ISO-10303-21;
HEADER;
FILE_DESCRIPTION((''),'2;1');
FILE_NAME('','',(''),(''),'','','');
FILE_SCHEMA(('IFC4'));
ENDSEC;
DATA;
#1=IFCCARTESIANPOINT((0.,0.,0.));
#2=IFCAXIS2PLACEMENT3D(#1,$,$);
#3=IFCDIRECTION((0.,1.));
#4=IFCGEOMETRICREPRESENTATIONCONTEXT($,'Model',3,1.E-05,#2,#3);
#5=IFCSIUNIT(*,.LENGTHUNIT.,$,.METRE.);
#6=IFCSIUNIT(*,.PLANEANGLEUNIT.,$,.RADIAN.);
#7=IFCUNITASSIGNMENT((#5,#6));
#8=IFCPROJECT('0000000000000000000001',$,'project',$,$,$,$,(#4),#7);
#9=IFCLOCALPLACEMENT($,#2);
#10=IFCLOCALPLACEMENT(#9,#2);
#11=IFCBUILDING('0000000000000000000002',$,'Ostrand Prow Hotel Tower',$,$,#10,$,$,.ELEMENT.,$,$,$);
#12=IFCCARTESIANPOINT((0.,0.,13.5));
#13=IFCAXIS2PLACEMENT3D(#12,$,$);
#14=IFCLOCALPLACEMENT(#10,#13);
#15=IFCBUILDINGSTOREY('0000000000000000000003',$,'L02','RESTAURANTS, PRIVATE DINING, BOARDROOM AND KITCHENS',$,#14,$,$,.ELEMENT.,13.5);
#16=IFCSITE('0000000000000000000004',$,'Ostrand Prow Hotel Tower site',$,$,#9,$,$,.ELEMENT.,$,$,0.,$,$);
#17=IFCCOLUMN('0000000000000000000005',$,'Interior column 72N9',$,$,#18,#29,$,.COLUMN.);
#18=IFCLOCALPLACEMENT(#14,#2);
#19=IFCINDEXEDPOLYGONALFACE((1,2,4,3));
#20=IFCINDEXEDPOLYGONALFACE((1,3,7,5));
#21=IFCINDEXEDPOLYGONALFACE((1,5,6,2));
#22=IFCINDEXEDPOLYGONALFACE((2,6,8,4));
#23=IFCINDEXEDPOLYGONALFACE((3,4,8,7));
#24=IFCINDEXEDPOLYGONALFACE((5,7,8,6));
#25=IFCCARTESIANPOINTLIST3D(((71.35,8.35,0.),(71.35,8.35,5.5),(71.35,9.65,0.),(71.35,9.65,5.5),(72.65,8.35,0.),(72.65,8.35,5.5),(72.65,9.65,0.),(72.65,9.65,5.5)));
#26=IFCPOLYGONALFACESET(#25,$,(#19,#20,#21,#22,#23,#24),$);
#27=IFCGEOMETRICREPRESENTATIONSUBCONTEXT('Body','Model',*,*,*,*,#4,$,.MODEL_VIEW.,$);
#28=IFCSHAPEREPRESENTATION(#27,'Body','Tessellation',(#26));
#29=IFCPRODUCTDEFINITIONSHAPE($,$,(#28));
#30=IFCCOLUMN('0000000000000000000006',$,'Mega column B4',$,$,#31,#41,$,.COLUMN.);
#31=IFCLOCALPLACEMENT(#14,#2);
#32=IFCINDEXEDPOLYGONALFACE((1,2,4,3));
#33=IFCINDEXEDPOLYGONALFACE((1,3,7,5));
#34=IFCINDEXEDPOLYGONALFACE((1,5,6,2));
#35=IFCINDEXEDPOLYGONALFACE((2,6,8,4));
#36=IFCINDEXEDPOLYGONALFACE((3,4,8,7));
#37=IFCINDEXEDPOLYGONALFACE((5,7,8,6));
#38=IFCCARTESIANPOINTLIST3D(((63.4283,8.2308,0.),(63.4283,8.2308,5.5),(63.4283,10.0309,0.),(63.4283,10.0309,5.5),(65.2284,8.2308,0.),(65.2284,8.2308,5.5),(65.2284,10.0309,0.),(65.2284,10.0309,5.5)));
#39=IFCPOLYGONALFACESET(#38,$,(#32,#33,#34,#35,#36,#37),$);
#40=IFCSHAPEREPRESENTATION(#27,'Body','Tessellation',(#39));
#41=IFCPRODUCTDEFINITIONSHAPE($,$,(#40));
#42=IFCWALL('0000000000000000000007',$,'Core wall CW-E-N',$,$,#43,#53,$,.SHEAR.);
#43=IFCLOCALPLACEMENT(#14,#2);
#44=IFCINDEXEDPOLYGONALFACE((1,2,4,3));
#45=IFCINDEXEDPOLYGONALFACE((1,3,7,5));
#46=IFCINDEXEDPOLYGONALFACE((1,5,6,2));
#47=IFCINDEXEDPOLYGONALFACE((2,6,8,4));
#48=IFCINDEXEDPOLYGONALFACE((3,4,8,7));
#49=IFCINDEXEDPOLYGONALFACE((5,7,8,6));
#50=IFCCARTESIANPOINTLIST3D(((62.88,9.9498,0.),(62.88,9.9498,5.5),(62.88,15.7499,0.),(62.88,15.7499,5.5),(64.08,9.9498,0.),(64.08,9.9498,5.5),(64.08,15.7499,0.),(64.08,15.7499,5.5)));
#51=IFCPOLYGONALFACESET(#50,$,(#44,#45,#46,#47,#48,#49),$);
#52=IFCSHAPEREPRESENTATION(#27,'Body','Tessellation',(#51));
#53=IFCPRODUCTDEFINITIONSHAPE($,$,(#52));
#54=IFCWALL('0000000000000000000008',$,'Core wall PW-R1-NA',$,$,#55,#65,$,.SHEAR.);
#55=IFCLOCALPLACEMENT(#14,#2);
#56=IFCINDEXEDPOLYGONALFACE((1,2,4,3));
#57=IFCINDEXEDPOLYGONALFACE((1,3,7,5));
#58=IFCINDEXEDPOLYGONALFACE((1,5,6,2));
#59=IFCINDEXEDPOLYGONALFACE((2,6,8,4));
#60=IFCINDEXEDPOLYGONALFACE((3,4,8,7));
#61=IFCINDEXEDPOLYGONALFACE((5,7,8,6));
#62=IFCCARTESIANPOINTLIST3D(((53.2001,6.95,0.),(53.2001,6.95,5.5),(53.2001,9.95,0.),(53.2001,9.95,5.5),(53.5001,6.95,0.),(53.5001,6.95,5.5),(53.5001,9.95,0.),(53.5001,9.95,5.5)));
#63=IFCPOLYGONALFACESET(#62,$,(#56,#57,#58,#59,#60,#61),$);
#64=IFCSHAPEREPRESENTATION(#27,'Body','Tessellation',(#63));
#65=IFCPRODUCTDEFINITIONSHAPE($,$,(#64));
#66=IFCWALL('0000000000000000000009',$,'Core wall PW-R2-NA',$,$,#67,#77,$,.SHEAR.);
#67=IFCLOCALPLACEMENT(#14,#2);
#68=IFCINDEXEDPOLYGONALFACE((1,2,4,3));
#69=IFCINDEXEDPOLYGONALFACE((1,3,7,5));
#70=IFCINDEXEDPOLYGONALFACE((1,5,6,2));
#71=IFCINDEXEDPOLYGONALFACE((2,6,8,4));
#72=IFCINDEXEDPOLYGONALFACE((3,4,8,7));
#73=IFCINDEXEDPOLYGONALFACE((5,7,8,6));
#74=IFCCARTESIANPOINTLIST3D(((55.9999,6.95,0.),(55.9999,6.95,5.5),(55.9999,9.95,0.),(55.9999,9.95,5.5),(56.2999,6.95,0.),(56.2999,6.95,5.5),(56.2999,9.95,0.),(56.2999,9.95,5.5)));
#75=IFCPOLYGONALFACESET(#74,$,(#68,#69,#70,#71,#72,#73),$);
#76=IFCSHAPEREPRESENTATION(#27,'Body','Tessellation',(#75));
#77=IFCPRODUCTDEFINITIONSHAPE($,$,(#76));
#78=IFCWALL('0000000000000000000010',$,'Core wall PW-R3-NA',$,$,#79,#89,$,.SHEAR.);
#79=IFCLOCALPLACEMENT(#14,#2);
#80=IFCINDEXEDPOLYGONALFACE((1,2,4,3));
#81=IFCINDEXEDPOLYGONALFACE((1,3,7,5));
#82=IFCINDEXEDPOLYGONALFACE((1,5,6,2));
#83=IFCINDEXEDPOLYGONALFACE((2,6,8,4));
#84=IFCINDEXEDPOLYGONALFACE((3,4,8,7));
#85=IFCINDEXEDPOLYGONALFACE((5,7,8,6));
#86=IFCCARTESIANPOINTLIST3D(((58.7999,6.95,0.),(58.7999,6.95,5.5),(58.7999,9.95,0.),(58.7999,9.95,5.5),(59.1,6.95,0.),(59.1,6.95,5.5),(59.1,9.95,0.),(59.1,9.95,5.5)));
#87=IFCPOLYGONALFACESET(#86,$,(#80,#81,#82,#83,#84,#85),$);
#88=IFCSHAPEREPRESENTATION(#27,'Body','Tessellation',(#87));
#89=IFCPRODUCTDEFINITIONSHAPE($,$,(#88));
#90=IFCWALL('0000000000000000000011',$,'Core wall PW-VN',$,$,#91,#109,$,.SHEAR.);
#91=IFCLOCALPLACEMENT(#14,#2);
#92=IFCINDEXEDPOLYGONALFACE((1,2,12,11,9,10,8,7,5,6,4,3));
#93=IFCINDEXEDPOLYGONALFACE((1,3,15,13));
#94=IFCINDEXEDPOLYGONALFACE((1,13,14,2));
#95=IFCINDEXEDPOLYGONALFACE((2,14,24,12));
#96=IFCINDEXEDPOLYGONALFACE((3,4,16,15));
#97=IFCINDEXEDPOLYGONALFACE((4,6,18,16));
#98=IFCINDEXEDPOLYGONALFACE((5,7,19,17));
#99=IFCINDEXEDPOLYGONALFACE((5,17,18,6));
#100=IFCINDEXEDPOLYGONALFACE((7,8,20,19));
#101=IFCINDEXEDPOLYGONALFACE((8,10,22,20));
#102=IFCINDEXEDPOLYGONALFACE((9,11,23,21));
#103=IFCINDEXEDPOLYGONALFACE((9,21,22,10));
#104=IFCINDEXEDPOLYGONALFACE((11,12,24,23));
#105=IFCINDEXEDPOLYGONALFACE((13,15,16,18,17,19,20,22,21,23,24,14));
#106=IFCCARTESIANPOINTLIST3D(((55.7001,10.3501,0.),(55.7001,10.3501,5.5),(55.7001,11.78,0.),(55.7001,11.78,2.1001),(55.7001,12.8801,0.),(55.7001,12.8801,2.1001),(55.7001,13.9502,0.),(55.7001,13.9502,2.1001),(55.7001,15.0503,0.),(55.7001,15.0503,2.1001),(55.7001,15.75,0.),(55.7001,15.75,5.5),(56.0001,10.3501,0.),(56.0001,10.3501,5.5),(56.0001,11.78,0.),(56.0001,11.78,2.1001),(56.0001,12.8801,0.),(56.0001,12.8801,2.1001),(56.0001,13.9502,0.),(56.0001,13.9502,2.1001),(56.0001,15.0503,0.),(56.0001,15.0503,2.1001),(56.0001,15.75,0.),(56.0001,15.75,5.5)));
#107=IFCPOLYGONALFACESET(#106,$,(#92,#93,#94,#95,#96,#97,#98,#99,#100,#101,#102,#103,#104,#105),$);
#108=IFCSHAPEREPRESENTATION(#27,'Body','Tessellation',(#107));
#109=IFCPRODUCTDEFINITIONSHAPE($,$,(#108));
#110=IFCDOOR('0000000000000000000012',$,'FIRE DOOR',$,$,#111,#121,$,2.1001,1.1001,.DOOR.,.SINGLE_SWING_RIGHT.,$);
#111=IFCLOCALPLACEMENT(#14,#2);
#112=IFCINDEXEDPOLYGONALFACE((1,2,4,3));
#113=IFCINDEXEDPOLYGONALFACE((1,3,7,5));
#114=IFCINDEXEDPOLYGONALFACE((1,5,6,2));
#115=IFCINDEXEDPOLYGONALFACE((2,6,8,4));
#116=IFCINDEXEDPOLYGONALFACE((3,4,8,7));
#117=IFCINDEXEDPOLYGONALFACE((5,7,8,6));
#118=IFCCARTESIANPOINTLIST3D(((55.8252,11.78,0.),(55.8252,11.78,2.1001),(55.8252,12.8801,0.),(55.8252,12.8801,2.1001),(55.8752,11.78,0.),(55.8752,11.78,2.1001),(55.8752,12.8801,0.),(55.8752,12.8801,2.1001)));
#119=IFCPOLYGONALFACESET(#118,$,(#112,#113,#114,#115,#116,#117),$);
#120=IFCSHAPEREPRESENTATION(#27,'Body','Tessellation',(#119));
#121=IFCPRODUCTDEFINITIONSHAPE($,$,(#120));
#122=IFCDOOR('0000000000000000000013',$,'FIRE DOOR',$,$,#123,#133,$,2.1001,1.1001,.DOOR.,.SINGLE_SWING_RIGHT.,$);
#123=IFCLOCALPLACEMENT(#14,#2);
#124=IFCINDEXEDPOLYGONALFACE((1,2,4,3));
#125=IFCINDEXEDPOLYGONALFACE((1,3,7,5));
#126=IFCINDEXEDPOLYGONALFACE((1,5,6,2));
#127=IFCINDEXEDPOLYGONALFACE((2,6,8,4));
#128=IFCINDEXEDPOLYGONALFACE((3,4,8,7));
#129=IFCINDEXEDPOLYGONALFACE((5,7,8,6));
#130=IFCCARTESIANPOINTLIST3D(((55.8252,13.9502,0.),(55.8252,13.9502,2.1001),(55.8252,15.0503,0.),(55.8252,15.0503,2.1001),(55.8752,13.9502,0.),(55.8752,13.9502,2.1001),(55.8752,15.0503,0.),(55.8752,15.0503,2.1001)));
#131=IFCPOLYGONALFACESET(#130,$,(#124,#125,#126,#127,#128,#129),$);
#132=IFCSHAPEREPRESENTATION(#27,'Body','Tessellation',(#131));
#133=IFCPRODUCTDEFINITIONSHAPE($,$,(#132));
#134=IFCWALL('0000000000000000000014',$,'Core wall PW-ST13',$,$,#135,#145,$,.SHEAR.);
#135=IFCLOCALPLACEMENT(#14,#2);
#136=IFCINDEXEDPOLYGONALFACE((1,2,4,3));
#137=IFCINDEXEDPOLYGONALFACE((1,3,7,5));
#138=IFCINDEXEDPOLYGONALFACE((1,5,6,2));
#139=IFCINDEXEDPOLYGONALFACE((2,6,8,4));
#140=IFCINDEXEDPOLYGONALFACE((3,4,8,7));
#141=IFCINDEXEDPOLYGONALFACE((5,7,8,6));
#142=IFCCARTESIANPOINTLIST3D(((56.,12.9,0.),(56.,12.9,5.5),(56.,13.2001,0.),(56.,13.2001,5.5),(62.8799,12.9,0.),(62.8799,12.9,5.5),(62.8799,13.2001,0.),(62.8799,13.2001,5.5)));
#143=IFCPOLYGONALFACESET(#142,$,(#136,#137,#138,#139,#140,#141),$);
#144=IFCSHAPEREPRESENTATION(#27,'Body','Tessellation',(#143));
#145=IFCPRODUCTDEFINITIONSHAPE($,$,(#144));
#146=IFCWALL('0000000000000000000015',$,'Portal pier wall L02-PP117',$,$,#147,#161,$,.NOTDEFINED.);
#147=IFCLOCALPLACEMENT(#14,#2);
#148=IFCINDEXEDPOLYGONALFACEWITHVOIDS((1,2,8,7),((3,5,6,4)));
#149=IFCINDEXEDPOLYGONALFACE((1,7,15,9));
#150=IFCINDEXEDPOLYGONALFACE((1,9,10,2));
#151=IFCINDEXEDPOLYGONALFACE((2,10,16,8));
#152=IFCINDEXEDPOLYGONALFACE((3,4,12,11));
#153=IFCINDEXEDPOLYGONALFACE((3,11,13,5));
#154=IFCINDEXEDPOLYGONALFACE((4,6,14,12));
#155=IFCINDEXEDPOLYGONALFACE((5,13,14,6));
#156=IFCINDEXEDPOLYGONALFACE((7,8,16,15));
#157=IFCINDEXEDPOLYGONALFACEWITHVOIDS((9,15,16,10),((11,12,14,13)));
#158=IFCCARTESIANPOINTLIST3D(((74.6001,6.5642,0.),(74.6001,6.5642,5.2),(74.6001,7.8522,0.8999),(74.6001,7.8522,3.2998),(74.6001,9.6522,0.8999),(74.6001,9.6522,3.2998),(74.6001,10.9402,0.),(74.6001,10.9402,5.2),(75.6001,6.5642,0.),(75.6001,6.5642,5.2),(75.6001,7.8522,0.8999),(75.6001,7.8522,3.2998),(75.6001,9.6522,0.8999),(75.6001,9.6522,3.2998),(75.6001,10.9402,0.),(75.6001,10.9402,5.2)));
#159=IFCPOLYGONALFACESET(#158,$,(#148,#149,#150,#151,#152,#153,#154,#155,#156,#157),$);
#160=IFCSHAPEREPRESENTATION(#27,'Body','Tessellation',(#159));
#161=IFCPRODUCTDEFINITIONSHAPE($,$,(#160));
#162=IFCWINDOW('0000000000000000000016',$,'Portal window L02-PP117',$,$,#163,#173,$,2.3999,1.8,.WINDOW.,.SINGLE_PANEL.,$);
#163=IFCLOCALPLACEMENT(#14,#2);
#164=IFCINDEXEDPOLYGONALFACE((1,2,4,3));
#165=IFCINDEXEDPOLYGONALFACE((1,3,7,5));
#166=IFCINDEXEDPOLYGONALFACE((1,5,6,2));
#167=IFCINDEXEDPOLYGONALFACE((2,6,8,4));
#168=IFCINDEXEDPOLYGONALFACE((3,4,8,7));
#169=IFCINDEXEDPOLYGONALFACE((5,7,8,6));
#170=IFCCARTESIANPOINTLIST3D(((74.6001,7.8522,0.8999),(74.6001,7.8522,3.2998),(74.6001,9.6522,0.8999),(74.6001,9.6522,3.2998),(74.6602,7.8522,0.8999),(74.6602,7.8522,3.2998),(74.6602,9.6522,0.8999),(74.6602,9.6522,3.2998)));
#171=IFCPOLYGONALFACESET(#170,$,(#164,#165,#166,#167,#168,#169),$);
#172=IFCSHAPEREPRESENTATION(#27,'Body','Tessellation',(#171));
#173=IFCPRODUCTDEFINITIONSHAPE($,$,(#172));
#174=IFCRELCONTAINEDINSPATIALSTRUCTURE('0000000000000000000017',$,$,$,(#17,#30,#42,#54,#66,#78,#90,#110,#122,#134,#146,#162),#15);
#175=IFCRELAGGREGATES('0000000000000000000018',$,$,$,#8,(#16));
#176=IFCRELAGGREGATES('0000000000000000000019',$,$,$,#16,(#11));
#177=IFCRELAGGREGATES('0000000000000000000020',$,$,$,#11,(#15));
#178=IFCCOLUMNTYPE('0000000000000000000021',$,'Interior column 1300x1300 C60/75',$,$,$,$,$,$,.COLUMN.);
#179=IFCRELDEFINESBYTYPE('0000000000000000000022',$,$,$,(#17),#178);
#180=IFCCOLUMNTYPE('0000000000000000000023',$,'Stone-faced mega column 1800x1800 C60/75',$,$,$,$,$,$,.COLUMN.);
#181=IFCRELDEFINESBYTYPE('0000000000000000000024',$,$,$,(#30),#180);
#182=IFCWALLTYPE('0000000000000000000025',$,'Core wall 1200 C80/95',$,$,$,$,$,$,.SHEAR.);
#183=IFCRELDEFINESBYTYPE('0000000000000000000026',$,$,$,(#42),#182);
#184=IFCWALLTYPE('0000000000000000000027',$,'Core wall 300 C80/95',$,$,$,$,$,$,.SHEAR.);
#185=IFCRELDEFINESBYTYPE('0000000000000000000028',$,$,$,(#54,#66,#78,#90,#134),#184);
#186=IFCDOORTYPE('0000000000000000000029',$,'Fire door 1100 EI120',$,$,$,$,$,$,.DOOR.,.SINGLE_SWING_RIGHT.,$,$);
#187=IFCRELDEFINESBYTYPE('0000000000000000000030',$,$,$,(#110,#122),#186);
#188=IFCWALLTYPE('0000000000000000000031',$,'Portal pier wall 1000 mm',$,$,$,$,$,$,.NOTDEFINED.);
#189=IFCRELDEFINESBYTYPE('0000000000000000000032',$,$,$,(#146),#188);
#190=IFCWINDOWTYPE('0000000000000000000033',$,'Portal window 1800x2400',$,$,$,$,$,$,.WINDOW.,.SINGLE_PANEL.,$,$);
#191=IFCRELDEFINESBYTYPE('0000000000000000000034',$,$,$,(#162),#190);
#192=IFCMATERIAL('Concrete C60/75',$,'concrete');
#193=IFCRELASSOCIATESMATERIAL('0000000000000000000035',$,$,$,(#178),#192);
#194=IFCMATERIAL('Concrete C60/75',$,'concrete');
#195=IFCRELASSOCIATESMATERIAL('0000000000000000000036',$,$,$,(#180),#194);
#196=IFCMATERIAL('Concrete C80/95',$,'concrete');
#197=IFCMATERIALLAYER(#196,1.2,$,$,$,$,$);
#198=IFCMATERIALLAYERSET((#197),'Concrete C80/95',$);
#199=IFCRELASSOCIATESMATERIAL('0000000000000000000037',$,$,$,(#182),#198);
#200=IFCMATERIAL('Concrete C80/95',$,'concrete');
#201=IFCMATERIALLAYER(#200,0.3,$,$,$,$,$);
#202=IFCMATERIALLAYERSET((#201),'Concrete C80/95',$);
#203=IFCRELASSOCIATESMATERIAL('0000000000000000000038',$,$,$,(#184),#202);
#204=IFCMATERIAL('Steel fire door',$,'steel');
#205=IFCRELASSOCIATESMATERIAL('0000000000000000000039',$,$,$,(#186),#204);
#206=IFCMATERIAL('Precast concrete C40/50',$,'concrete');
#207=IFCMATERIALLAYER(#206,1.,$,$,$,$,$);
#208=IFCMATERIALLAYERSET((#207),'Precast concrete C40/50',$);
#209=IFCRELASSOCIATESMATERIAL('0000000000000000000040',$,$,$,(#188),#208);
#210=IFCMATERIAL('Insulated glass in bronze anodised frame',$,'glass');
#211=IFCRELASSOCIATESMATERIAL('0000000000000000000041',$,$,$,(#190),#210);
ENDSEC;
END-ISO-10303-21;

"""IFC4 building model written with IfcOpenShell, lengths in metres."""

from ifc_helpers import new_model, si_unit, direction, frame, frame_2d, origin, origin_2d, place, context, subcontext, project, spatial, polyline, rectangle, outline, extrude, material, layer, layer_set, material_profile, profile_set, type_object, element, fill, save


model = new_model("IFC4")

# Units and contexts
model_context = context("Model", 3, precision=1e-05, world=origin(), true_north=direction((0.0, 1.0)))
body_context = subcontext(model_context, "Body", "Model", "MODEL_VIEW")
ifc_project = project(units=[si_unit("LENGTHUNIT", "METRE"), si_unit("PLANEANGLEUNIT", "RADIAN")], contexts=[model_context])

# Site, building, storey
site_placement = place(None, origin())
site = spatial("IfcSite", under=ifc_project, at=site_placement, Name="Ostrand Prow Hotel Tower site", CompositionType="ELEMENT", RefElevation=0.0)
building_placement = place(site_placement, origin())
building = spatial("IfcBuilding", under=site, at=building_placement, Name="Ostrand Prow Hotel Tower", CompositionType="ELEMENT")
storey_placement = place(building_placement, frame((0.0, 0.0, 13.5)))
storey = spatial("IfcBuildingStorey", under=building, at=storey_placement, Name="L02", Description="RESTAURANTS, PRIVATE DINING, BOARDROOM AND KITCHENS", CompositionType="ELEMENT", Elevation=13.5)

# Columns
ifc_material_1 = material(Name="Concrete C60/75", Category="concrete")
ifc_material_profile_1 = material_profile(ifc_material_1, rectangle(XDim=1.3, YDim=1.3, at=origin_2d()), Name="RC 1300x1300")
ifc_profile_set_1 = profile_set([ifc_material_profile_1], Name="Concrete C60/75")
column_type_1 = type_object("IfcColumnType", Name="Interior column 1300x1300 C60/75", PredefinedType="COLUMN", material=ifc_profile_set_1)
column_1_placement = place(storey_placement, frame((72.0, 9.0, 0.0), z_axis=(0.0, 0.0, 1.0), x_axis=(1.0, 0.0, 0.0)))
element("IfcColumn", 1, at=column_1_placement, inside=storey, type_object=column_type_1, Name="Interior column 72N9", PredefinedType="COLUMN", context=body_context, shape_type="SweptSolid", body=[
    extrude(rectangle(XDim=1.3, YDim=1.3, at=origin_2d()), origin(), (0.0, 0.0, 1.0), 5.5),
])
ifc_material_2 = material(Name="Concrete C60/75", Category="concrete")
ifc_material_profile_2 = material_profile(ifc_material_2, rectangle(XDim=1.8, YDim=1.8, at=origin_2d()), Name="RC 1800x1800")
ifc_profile_set_2 = profile_set([ifc_material_profile_2], Name="Concrete C60/75")
column_type_2 = type_object("IfcColumnType", Name="Stone-faced mega column 1800x1800 C60/75", PredefinedType="COLUMN", material=ifc_profile_set_2)
column_2_placement = place(storey_placement, frame((64.3284, 9.1309, 0.0), z_axis=(0.0, 0.0, 1.0), x_axis=(1.0, 0.0, 0.0)))
element("IfcColumn", 2, at=column_2_placement, inside=storey, type_object=column_type_2, Name="Mega column B4", PredefinedType="COLUMN", context=body_context, shape_type="SweptSolid", body=[
    extrude(rectangle(XDim=1.8, YDim=1.8, at=origin_2d()), origin(), (0.0, 0.0, 1.0), 5.5),
])

# Walls
ifc_material_3 = material(Name="Concrete C80/95", Category="concrete")
ifc_layer_1 = layer(ifc_material_3, 1.2)
ifc_layer_set_1 = layer_set([ifc_layer_1], Name="Concrete C80/95")
wall_type_1 = type_object("IfcWallType", Name="Core wall 1200 C80/95", PredefinedType="SHEAR", material=ifc_layer_set_1)
wall_1_placement = place(storey_placement, frame((63.48, 9.95, 0.0), z_axis=(0.0, 0.0, 1.0), x_axis=(0.0, 1.0, 0.0)))
element("IfcWall", 3, at=wall_1_placement, inside=storey, type_object=wall_type_1, Name="Core wall CW-E-N", PredefinedType="SHEAR", context=body_context, shape_type="SweptSolid", body=[
    extrude(rectangle(XDim=5.8, YDim=1.2, at=frame_2d((2.8999, 0.0))), origin(), (0.0, 0.0, 1.0), 5.5),
])
ifc_material_4 = material(Name="Concrete C80/95", Category="concrete")
ifc_layer_2 = layer(ifc_material_4, 0.3)
ifc_layer_set_2 = layer_set([ifc_layer_2], Name="Concrete C80/95")
wall_type_2 = type_object("IfcWallType", Name="Core wall 300 C80/95", PredefinedType="SHEAR", material=ifc_layer_set_2)
for number, where, z_axis, x_axis, name in (
    (4, (53.3501, 6.95, 0.0), (0.0, 0.0, 1.0), (0.0, 1.0, 0.0), "Core wall PW-R1-NA"),
    (5, (56.1499, 6.95, 0.0), (0.0, 0.0, 1.0), (0.0, 1.0, 0.0), "Core wall PW-R2-NA"),
    (6, (58.95, 6.95, 0.0), (0.0, 0.0, 1.0), (0.0, 1.0, 0.0), "Core wall PW-R3-NA"),
):
    element("IfcWall", number, at=place(storey_placement, frame(where, z_axis=z_axis, x_axis=x_axis)), inside=storey, type_object=wall_type_2, Name=name, PredefinedType="SHEAR", context=body_context, shape_type="SweptSolid", body=[
        extrude(rectangle(XDim=3.0, YDim=0.3, at=frame_2d((1.5, 0.0))), origin(), (0.0, 0.0, 1.0), 5.5),
    ])

# Wall, openings, doors
wall_2_placement = place(storey_placement, frame((55.8501, 10.3501, 0.0), z_axis=(0.0, 0.0, 1.0), x_axis=(0.0, 1.0, 0.0)))
wall_2 = element("IfcWall", 7, at=wall_2_placement, inside=storey, type_object=wall_type_2, Name="Core wall PW-VN", PredefinedType="SHEAR", context=body_context, shape_type="SweptSolid", body=[
    extrude(rectangle(XDim=5.3999, YDim=0.3, at=frame_2d((2.7, 0.0))), origin(), (0.0, 0.0, 1.0), 5.5),
])
opening_1_placement = place(wall_2_placement, frame((1.4299, 0.0, 0.0)))
opening_1 = element("IfcOpeningElement", 8, at=opening_1_placement, cuts=wall_2, PredefinedType="OPENING", context=body_context, shape_type="SweptSolid", body=[
    extrude(rectangle(XDim=1.1001, YDim=2.1001, at=frame_2d((0.55, 1.05))), frame((0.0, 0.1599, 0.0), z_axis=(0.0, -1.0, 0.0), x_axis=(1.0, 0.0, 0.0)), (0.0, 0.0, 1.0), 0.3201),
])
opening_2_placement = place(wall_2_placement, frame((3.6001, 0.0, 0.0)))
opening_2 = element("IfcOpeningElement", 9, at=opening_2_placement, cuts=wall_2, PredefinedType="OPENING", context=body_context, shape_type="SweptSolid", body=[
    extrude(rectangle(XDim=1.1001, YDim=2.1001, at=frame_2d((0.55, 1.05))), frame((0.0, 0.1599, 0.0), z_axis=(0.0, -1.0, 0.0), x_axis=(1.0, 0.0, 0.0)), (0.0, 0.0, 1.0), 0.3201),
])
ifc_material_5 = material(Name="Steel fire door", Category="steel")
door_type = type_object("IfcDoorType", Name="Fire door 1100 EI120", OperationType="SINGLE_SWING_RIGHT", PredefinedType="DOOR", material=ifc_material_5)
door_1_placement = place(opening_1_placement, origin())
door_1 = element("IfcDoor", 10, at=door_1_placement, inside=storey, type_object=door_type, Name="FIRE DOOR", OperationType="SINGLE_SWING_RIGHT", OverallHeight=2.1001, OverallWidth=1.1001, PredefinedType="DOOR", context=body_context, shape_type="SweptSolid", body=[
    extrude(rectangle(XDim=1.1001, YDim=2.1001, at=frame_2d((0.55, 1.05))), frame((0.0, 0.0249, 0.0), z_axis=(0.0, -1.0, 0.0), x_axis=(1.0, 0.0, 0.0)), (0.0, 0.0, 1.0), 0.05),
])
fill(opening_1, door_1)
door_2_placement = place(opening_2_placement, origin())
door_2 = element("IfcDoor", 11, at=door_2_placement, inside=storey, type_object=door_type, Name="FIRE DOOR", OperationType="SINGLE_SWING_RIGHT", OverallHeight=2.1001, OverallWidth=1.1001, PredefinedType="DOOR", context=body_context, shape_type="SweptSolid", body=[
    extrude(rectangle(XDim=1.1001, YDim=2.1001, at=frame_2d((0.55, 1.05))), frame((0.0, 0.0249, 0.0), z_axis=(0.0, -1.0, 0.0), x_axis=(1.0, 0.0, 0.0)), (0.0, 0.0, 1.0), 0.05),
])
fill(opening_2, door_2)

# Wall
wall_3_placement = place(storey_placement, frame((56.0, 13.05, 0.0), z_axis=(0.0, 0.0, 1.0), x_axis=(1.0, 0.0, 0.0)))
element("IfcWall", 12, at=wall_3_placement, inside=storey, type_object=wall_type_2, Name="Core wall PW-ST13", PredefinedType="SHEAR", context=body_context, shape_type="SweptSolid", body=[
    extrude(rectangle(XDim=6.8799, YDim=0.3, at=frame_2d((3.4399, 0.0))), origin(), (0.0, 0.0, 1.0), 5.5),
])

# Wall, opening, window
ifc_material_6 = material(Name="Precast concrete C40/50", Category="concrete")
ifc_layer_3 = layer(ifc_material_6, 1.0)
ifc_layer_set_3 = layer_set([ifc_layer_3], Name="Precast concrete C40/50")
wall_type_3 = type_object("IfcWallType", Name="Portal pier wall 1000 mm", PredefinedType="NOTDEFINED", material=ifc_layer_set_3)
wall_4_placement = place(storey_placement, frame((75.1001, 6.5642, 0.0), z_axis=(0.0, 0.0, 1.0), x_axis=(0.0, 1.0, 0.0)))
wall_4 = element("IfcWall", 13, at=wall_4_placement, inside=storey, type_object=wall_type_3, Name="Portal pier wall L02-PP117", PredefinedType="NOTDEFINED", context=body_context, shape_type="SweptSolid", body=[
    extrude(outline(polyline([(0.0, -0.5), (4.376, -0.5), (4.376, 0.5), (0.0, 0.5), (0.0, -0.5)])), origin(), (0.0, 0.0, 1.0), 5.2),
])
opening_3_placement = place(wall_4_placement, frame((1.2881, 0.0, 0.8999)))
opening_3 = element("IfcOpeningElement", 14, at=opening_3_placement, cuts=wall_4, PredefinedType="OPENING", context=body_context, shape_type="SweptSolid", body=[
    extrude(rectangle(XDim=1.8, YDim=2.3999, at=frame_2d((0.8999, 1.2))), frame((0.0, 0.51, 0.0), z_axis=(0.0, -1.0, 0.0), x_axis=(1.0, 0.0, 0.0)), (0.0, 0.0, 1.0), 1.02),
])
ifc_material_7 = material(Name="Insulated glass in bronze anodised frame", Category="glass")
window_type = type_object("IfcWindowType", Name="Portal window 1800x2400", PartitioningType="SINGLE_PANEL", PredefinedType="WINDOW", material=ifc_material_7)
window_1_placement = place(opening_3_placement, origin())
window_1 = element("IfcWindow", 15, at=window_1_placement, inside=storey, type_object=window_type, Name="Portal window L02-PP117", OverallHeight=2.3999, OverallWidth=1.8, PartitioningType="SINGLE_PANEL", PredefinedType="WINDOW", context=body_context, shape_type="SweptSolid", body=[
    extrude(rectangle(XDim=1.8, YDim=2.3999, at=frame_2d((0.8999, 1.2))), frame((0.0, 0.5, 0.0), z_axis=(0.0, -1.0, 0.0), x_axis=(1.0, 0.0, 0.0)), (0.0, 0.0, 1.0), 0.0601),
])
fill(opening_3, window_1)

save(model, "model.ifc")
